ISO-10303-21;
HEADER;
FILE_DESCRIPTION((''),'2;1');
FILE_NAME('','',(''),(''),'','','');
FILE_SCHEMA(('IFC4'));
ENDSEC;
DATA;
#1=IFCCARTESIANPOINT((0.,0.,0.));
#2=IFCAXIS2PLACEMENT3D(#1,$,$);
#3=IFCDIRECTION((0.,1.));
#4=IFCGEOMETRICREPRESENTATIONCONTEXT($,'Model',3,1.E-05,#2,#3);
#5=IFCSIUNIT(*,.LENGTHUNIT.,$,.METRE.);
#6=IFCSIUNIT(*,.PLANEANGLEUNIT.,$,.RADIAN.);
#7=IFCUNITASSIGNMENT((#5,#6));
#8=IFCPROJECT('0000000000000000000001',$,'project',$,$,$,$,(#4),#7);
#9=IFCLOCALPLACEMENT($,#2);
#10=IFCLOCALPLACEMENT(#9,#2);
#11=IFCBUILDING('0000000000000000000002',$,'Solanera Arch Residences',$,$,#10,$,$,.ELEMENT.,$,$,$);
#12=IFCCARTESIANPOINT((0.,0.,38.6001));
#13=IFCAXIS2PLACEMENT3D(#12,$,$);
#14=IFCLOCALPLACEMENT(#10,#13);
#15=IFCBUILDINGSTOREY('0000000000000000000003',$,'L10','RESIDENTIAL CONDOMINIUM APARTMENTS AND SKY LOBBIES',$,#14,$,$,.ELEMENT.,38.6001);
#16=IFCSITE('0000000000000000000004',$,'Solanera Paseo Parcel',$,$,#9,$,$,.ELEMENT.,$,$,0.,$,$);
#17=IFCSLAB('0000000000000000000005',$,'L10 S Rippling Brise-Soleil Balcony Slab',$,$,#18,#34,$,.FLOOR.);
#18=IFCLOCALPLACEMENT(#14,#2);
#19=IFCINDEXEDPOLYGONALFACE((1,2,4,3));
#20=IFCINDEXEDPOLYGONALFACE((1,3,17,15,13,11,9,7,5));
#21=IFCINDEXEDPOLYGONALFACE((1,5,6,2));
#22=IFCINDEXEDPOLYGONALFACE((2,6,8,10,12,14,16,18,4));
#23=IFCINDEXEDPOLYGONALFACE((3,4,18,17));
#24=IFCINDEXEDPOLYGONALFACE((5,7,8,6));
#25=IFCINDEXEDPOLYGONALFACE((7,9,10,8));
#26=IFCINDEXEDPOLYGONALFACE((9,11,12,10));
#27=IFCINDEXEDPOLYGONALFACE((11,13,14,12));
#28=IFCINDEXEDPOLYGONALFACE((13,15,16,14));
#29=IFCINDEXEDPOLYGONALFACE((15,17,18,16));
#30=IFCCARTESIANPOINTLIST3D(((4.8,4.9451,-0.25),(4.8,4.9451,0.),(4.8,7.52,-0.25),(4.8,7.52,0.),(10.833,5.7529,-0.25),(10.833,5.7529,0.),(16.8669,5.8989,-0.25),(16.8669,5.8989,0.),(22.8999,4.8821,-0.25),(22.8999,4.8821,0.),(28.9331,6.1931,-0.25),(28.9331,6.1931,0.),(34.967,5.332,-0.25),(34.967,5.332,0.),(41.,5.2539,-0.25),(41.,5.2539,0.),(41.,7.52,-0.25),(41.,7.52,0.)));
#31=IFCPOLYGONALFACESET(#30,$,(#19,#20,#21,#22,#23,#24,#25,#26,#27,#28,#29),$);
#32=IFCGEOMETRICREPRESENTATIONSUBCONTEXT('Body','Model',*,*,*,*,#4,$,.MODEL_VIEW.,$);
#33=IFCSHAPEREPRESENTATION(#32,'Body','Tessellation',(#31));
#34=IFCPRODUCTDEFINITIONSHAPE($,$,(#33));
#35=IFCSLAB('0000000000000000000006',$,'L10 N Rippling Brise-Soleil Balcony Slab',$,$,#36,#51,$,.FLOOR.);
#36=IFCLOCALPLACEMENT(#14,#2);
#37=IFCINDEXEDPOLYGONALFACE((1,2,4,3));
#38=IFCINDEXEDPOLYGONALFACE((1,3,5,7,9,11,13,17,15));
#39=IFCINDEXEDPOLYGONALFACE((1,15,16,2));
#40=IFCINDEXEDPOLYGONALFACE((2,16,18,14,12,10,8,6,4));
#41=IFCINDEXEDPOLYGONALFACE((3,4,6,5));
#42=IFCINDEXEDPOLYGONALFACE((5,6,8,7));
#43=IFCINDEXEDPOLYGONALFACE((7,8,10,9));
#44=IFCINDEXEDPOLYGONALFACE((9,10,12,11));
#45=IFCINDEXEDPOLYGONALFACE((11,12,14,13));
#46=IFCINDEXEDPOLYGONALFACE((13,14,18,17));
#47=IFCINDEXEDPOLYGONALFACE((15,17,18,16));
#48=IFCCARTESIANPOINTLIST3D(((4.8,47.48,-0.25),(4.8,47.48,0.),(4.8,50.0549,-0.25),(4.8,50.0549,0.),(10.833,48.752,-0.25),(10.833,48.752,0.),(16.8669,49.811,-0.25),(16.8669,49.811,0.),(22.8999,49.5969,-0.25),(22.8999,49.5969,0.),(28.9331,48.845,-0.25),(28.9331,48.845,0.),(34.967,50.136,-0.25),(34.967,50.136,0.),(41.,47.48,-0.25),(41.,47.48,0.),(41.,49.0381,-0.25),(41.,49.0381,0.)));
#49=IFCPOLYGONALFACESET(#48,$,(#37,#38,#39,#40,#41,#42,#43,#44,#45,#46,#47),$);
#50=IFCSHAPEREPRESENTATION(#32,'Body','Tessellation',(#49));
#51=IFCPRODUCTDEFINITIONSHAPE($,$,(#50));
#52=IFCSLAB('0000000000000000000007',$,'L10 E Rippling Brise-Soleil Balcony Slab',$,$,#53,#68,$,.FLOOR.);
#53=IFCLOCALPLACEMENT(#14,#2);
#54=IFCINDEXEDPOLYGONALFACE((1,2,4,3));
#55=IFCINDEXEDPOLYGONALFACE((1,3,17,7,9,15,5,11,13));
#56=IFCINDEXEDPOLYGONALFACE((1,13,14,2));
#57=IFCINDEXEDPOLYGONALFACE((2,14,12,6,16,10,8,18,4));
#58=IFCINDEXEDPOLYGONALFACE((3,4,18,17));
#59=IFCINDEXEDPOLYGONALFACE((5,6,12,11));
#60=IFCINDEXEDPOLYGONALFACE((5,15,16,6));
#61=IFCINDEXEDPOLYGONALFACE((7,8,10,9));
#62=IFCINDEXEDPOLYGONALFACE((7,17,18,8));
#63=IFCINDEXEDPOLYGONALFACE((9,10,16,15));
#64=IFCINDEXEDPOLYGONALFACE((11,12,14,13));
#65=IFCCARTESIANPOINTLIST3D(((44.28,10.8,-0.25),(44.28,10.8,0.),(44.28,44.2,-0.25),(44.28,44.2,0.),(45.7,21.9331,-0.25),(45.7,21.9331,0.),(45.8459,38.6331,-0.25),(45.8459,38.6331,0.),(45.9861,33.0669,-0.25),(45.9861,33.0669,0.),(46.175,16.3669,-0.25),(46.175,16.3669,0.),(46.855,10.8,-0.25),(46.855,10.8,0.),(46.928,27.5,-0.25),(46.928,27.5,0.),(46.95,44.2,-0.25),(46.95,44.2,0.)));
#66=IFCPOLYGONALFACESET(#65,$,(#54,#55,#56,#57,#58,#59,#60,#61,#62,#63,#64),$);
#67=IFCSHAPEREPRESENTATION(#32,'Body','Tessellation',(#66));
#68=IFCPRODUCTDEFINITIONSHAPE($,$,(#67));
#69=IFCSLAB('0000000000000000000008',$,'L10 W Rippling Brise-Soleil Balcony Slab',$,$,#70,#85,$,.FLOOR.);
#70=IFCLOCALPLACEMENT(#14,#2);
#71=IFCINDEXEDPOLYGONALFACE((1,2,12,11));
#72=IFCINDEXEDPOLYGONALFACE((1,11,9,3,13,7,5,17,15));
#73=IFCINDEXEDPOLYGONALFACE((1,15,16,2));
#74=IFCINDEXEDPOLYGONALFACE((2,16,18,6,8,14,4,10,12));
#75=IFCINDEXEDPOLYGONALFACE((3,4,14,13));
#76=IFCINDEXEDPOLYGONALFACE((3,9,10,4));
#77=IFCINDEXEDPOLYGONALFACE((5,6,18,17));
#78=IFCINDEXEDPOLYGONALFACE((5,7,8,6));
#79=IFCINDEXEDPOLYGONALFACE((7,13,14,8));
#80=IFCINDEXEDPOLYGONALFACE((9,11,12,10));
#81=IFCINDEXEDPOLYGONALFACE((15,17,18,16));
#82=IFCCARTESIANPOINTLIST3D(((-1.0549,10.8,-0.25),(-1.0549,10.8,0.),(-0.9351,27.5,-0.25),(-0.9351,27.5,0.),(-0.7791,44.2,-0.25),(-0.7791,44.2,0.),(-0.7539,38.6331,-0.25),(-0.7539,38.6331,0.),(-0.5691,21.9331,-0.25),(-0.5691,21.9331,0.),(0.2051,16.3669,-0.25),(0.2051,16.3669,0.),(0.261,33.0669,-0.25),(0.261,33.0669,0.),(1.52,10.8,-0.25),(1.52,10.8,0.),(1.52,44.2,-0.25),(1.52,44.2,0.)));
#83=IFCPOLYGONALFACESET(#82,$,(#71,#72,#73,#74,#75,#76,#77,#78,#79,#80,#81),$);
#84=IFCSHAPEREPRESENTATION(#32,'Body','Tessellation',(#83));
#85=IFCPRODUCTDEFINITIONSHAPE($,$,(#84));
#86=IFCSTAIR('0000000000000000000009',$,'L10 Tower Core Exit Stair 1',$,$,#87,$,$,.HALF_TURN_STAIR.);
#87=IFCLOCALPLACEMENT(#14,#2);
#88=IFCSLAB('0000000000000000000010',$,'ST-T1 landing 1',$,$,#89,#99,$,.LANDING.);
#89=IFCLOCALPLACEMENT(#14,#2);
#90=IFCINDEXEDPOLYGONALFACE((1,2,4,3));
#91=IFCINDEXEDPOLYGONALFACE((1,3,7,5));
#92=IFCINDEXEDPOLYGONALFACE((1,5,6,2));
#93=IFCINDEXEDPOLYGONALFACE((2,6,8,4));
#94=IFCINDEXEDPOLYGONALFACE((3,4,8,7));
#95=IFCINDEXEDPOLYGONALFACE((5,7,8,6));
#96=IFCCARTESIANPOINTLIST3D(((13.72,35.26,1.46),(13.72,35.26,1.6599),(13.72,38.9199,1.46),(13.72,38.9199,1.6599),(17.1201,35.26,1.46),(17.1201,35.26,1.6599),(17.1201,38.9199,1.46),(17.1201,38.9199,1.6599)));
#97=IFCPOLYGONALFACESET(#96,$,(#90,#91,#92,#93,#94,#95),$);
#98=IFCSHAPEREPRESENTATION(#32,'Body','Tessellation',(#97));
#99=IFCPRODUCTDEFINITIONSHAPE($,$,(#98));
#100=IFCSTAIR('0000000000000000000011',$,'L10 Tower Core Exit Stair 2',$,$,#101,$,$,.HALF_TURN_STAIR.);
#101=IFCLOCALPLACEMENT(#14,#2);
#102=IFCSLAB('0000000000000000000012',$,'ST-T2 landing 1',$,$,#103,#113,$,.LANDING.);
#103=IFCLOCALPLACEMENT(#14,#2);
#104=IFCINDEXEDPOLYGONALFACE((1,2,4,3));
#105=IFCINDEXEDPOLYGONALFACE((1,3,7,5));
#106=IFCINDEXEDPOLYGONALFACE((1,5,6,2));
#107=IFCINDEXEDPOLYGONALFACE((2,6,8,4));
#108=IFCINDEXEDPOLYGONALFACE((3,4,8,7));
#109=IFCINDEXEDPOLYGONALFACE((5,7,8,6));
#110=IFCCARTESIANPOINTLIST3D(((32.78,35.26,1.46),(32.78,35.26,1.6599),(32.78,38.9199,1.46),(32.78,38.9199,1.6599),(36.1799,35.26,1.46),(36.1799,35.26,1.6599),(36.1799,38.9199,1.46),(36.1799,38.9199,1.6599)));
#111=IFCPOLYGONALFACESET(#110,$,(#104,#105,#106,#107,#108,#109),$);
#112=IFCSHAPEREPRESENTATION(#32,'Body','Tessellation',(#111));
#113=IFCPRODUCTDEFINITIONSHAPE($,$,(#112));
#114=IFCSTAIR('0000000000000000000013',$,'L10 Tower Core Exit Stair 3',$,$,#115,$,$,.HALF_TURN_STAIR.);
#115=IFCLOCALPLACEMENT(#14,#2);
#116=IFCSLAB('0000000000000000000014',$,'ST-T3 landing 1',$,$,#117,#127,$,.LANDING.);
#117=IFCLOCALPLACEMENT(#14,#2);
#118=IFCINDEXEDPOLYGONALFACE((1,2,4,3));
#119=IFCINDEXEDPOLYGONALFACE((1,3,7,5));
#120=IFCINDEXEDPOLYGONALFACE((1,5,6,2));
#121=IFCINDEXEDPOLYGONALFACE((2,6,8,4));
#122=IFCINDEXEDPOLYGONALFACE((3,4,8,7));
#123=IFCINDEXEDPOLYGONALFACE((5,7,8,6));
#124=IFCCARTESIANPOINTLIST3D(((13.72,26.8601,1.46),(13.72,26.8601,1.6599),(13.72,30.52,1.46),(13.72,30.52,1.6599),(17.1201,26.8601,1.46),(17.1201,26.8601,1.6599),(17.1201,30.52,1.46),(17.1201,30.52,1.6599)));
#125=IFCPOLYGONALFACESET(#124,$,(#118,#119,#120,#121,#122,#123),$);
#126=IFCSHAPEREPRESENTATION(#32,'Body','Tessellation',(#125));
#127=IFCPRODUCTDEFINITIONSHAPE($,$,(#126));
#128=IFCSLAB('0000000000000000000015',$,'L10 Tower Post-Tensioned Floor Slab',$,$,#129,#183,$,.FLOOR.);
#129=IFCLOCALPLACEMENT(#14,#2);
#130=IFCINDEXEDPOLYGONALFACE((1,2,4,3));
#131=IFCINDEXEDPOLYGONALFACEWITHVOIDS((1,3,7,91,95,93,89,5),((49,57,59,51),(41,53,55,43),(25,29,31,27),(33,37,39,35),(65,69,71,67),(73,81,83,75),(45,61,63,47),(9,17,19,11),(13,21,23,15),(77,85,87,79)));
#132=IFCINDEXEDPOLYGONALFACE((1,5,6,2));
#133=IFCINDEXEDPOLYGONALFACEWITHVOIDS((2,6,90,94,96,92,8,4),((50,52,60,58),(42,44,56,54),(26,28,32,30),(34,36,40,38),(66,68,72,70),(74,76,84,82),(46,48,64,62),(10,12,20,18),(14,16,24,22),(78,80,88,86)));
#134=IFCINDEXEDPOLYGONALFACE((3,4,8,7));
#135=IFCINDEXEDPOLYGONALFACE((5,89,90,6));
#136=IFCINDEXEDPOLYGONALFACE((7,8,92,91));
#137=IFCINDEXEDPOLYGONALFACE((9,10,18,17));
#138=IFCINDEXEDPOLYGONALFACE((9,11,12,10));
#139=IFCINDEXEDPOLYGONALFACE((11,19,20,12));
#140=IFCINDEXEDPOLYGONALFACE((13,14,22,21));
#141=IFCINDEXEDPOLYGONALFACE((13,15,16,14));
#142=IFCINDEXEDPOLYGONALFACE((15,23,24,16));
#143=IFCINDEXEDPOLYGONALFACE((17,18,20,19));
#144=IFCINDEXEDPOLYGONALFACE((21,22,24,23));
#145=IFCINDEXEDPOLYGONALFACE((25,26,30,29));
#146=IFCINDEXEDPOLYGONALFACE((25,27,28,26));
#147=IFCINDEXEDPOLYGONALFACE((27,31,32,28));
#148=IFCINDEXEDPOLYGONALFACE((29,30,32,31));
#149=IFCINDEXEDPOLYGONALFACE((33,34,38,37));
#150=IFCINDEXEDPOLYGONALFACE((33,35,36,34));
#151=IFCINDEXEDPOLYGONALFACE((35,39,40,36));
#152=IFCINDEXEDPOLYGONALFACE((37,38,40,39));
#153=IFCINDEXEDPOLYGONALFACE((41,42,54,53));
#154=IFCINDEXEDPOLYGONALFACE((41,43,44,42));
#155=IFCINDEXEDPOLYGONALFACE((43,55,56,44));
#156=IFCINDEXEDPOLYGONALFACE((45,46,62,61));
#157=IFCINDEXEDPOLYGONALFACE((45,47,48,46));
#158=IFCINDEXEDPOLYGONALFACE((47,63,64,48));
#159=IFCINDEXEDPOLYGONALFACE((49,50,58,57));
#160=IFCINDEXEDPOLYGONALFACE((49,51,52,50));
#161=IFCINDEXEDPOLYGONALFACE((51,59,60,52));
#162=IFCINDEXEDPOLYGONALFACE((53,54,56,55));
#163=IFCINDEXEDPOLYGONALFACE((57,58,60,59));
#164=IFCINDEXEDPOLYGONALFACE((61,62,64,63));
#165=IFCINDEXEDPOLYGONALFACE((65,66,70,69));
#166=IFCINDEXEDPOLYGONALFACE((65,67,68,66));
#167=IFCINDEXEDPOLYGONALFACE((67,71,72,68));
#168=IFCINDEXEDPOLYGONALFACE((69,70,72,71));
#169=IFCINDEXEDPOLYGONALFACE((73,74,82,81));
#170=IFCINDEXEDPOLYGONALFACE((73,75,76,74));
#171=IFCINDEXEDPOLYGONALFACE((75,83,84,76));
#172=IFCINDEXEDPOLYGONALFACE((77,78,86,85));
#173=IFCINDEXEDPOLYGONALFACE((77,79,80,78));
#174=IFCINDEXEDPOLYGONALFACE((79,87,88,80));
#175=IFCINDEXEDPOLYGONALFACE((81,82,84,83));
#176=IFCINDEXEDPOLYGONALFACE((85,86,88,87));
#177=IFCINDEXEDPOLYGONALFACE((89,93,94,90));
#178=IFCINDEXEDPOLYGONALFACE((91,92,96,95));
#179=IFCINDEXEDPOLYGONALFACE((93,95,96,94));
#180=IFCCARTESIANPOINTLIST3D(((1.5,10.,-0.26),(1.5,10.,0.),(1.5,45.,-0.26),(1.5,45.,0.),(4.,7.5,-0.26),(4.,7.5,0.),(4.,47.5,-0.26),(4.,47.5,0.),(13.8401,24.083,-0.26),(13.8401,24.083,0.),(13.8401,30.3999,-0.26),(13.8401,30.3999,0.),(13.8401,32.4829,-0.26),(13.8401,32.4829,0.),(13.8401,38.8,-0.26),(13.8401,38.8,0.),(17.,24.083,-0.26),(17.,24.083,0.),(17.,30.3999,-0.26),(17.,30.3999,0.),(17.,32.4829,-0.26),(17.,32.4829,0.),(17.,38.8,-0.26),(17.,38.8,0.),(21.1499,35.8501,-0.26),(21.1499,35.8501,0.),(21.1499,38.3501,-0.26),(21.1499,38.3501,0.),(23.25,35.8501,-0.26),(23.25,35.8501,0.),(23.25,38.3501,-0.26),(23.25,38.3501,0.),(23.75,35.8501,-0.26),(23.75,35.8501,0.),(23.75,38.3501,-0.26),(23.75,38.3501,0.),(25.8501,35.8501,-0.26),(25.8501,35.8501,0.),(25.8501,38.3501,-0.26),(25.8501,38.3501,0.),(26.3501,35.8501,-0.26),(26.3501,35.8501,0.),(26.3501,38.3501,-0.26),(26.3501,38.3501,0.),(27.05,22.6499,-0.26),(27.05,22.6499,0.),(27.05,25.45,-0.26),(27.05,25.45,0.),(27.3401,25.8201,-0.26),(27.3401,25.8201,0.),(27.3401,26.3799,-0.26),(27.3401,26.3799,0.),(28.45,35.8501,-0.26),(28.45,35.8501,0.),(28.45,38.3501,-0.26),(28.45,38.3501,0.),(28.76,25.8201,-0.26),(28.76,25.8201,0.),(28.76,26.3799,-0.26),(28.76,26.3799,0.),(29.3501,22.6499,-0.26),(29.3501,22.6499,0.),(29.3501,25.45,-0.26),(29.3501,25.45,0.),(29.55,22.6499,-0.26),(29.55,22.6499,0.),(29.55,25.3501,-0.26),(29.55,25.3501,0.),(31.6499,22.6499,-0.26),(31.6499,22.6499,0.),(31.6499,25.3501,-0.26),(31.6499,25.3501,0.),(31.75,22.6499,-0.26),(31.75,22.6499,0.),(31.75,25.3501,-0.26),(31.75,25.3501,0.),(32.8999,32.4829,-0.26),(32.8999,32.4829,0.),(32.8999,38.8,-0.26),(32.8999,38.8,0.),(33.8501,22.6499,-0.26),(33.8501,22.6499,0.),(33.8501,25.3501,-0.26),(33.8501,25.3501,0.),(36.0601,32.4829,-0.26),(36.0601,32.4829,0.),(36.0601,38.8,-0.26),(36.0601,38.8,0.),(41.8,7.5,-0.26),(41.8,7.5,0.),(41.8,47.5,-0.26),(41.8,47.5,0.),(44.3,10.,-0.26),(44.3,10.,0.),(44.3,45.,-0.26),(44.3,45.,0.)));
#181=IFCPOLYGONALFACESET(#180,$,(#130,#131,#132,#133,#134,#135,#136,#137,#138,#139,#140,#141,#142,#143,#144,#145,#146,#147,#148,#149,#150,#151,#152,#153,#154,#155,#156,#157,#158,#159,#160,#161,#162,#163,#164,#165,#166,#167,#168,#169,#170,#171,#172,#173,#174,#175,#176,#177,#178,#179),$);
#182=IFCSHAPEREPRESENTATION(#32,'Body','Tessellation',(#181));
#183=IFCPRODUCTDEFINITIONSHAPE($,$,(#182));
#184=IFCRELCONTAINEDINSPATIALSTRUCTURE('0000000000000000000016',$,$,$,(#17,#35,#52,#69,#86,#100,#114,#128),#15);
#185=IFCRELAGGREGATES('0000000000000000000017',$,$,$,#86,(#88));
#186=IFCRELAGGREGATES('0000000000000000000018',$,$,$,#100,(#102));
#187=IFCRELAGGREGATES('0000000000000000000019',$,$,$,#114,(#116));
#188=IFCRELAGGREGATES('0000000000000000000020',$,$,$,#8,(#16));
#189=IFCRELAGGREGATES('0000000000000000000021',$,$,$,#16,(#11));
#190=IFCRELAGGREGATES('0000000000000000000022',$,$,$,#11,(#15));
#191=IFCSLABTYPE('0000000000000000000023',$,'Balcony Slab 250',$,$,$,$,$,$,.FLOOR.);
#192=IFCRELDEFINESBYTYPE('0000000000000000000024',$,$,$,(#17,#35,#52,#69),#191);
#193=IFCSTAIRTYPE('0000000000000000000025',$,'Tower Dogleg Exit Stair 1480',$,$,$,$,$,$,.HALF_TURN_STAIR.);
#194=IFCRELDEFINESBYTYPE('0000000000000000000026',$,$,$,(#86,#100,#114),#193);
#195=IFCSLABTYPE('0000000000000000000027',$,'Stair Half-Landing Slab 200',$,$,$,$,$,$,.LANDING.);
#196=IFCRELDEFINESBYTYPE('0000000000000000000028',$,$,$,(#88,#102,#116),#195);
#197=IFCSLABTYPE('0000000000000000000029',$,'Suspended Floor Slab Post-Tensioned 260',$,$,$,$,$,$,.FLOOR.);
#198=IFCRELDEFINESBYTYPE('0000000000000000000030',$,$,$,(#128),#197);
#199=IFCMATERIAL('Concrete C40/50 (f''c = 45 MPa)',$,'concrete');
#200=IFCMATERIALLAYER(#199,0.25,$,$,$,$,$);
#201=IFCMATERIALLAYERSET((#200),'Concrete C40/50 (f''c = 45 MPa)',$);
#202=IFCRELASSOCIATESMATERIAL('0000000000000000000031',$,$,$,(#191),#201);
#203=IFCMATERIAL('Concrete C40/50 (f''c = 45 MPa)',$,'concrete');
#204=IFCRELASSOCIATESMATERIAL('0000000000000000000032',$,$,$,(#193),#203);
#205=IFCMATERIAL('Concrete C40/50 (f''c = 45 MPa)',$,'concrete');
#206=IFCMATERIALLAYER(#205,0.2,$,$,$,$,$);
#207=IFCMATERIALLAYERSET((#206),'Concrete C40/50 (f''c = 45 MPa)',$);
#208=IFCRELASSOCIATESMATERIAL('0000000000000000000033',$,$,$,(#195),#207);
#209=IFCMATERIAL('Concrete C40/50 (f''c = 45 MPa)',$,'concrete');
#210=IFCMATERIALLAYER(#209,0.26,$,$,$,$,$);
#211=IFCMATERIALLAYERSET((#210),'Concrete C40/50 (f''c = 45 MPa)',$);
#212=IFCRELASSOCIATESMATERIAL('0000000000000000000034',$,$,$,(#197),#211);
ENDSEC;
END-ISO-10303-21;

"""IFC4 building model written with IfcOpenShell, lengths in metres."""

from ifc_helpers import new_model, si_unit, direction, frame, origin, place, context, subcontext, project, spatial, polyline, outline, extrude, material, layer, layer_set, type_object, element, aggregate, save


model = new_model("IFC4")

# Units and contexts
model_context = context("Model", 3, precision=1e-05, world=origin(), true_north=direction((0.0, 1.0)))
body_context = subcontext(model_context, "Body", "Model", "MODEL_VIEW")
ifc_project = project(units=[si_unit("LENGTHUNIT", "METRE"), si_unit("PLANEANGLEUNIT", "RADIAN")], contexts=[model_context])

# Site, building, storey
site_placement = place(None, origin())
site = spatial("IfcSite", under=ifc_project, at=site_placement, Name="Solanera Paseo Parcel", CompositionType="ELEMENT", RefElevation=0.0)
building_placement = place(site_placement, origin())
building = spatial("IfcBuilding", under=site, at=building_placement, Name="Solanera Arch Residences", CompositionType="ELEMENT")
storey_placement = place(building_placement, frame((0.0, 0.0, 38.6001)))
storey = spatial("IfcBuildingStorey", under=building, at=storey_placement, Name="L10", Description="RESIDENTIAL CONDOMINIUM APARTMENTS AND SKY LOBBIES", CompositionType="ELEMENT", Elevation=38.6001)

# Slabs
ifc_material_1 = material(Name="Concrete C40/50 (f'c = 45 MPa)", Category="concrete")
ifc_layer_1 = layer(ifc_material_1, 0.25)
ifc_layer_set_1 = layer_set([ifc_layer_1], Name="Concrete C40/50 (f'c = 45 MPa)")
slab_type_1 = type_object("IfcSlabType", Name="Balcony Slab 250", PredefinedType="FLOOR", material=ifc_layer_set_1)
slab_1_placement = place(storey_placement, frame((0.0, 0.0, -0.25)))
element("IfcSlab", 1, at=slab_1_placement, inside=storey, type_object=slab_type_1, Name="L10 S Rippling Brise-Soleil Balcony Slab", PredefinedType="FLOOR", context=body_context, shape_type="SweptSolid", body=[
    extrude(outline(polyline([(4.8, 4.9451), (10.833, 5.7529), (16.8669, 5.8989), (22.8999, 4.8821), (28.9331, 6.1931), (34.967, 5.332), (41.0, 5.2539), (41.0, 7.52), (4.8, 7.52), (4.8, 4.9451)])), origin(), (0.0, 0.0, 1.0), 0.25),
])
slab_2_placement = place(storey_placement, frame((0.0, 0.0, -0.25)))
element("IfcSlab", 2, at=slab_2_placement, inside=storey, type_object=slab_type_1, Name="L10 N Rippling Brise-Soleil Balcony Slab", PredefinedType="FLOOR", context=body_context, shape_type="SweptSolid", body=[
    extrude(outline(polyline([(41.0, 49.0381), (34.967, 50.136), (28.9331, 48.845), (22.8999, 49.5969), (16.8669, 49.811), (10.833, 48.752), (4.8, 50.0549), (4.8, 47.48), (41.0, 47.48), (41.0, 49.0381)])), origin(), (0.0, 0.0, 1.0), 0.25),
])
slab_3_placement = place(storey_placement, frame((0.0, 0.0, -0.25)))
element("IfcSlab", 3, at=slab_3_placement, inside=storey, type_object=slab_type_1, Name="L10 E Rippling Brise-Soleil Balcony Slab", PredefinedType="FLOOR", context=body_context, shape_type="SweptSolid", body=[
    extrude(outline(polyline([(46.855, 10.8), (46.175, 16.3669), (45.7, 21.9331), (46.928, 27.5), (45.9861, 33.0669), (45.8459, 38.6331), (46.95, 44.2), (44.28, 44.2), (44.28, 10.8), (46.855, 10.8)])), origin(), (0.0, 0.0, 1.0), 0.25),
])
slab_4_placement = place(storey_placement, frame((0.0, 0.0, -0.25)))
element("IfcSlab", 4, at=slab_4_placement, inside=storey, type_object=slab_type_1, Name="L10 W Rippling Brise-Soleil Balcony Slab", PredefinedType="FLOOR", context=body_context, shape_type="SweptSolid", body=[
    extrude(outline(polyline([(-0.7791, 44.2), (-0.7539, 38.6331), (0.261, 33.0669), (-0.9351, 27.5), (-0.5691, 21.9331), (0.2051, 16.3669), (-1.0549, 10.8), (1.52, 10.8), (1.52, 44.2), (-0.7791, 44.2)])), origin(), (0.0, 0.0, 1.0), 0.25),
])

# Stairs, slabs
ifc_material_2 = material(Name="Concrete C40/50 (f'c = 45 MPa)", Category="concrete")
stair_type = type_object("IfcStairType", Name="Tower Dogleg Exit Stair 1480", PredefinedType="HALF_TURN_STAIR", material=ifc_material_2)
stair_1_placement = place(storey_placement, origin())
stair_1 = element("IfcStair", 5, at=stair_1_placement, inside=storey, type_object=stair_type, Name="L10 Tower Core Exit Stair 1", PredefinedType="HALF_TURN_STAIR")
ifc_material_3 = material(Name="Concrete C40/50 (f'c = 45 MPa)", Category="concrete")
ifc_layer_2 = layer(ifc_material_3, 0.2)
ifc_layer_set_2 = layer_set([ifc_layer_2], Name="Concrete C40/50 (f'c = 45 MPa)")
slab_type_2 = type_object("IfcSlabType", Name="Stair Half-Landing Slab 200", PredefinedType="LANDING", material=ifc_layer_set_2)
slab_5_placement = place(storey_placement, frame((0.0, 0.0, 1.46)))
slab_5 = element("IfcSlab", 6, at=slab_5_placement, type_object=slab_type_2, Name="ST-T1 landing 1", PredefinedType="LANDING", context=body_context, shape_type="SweptSolid", body=[
    extrude(outline(polyline([(17.1201, 35.26), (17.1201, 38.9199), (13.72, 38.9199), (13.72, 35.26), (17.1201, 35.26)])), origin(), (0.0, 0.0, 1.0), 0.2),
])
aggregate(stair_1, [slab_5])
stair_2_placement = place(storey_placement, origin())
stair_2 = element("IfcStair", 7, at=stair_2_placement, inside=storey, type_object=stair_type, Name="L10 Tower Core Exit Stair 2", PredefinedType="HALF_TURN_STAIR")
slab_6_placement = place(storey_placement, frame((0.0, 0.0, 1.46)))
slab_6 = element("IfcSlab", 8, at=slab_6_placement, type_object=slab_type_2, Name="ST-T2 landing 1", PredefinedType="LANDING", context=body_context, shape_type="SweptSolid", body=[
    extrude(outline(polyline([(36.1799, 35.26), (36.1799, 38.9199), (32.78, 38.9199), (32.78, 35.26), (36.1799, 35.26)])), origin(), (0.0, 0.0, 1.0), 0.2),
])
aggregate(stair_2, [slab_6])
stair_3_placement = place(storey_placement, origin())
stair_3 = element("IfcStair", 9, at=stair_3_placement, inside=storey, type_object=stair_type, Name="L10 Tower Core Exit Stair 3", PredefinedType="HALF_TURN_STAIR")
slab_7_placement = place(storey_placement, frame((0.0, 0.0, 1.46)))
slab_7 = element("IfcSlab", 10, at=slab_7_placement, type_object=slab_type_2, Name="ST-T3 landing 1", PredefinedType="LANDING", context=body_context, shape_type="SweptSolid", body=[
    extrude(outline(polyline([(17.1201, 26.8601), (17.1201, 30.52), (13.72, 30.52), (13.72, 26.8601), (17.1201, 26.8601)])), origin(), (0.0, 0.0, 1.0), 0.2),
])
aggregate(stair_3, [slab_7])

# Slab
ifc_material_4 = material(Name="Concrete C40/50 (f'c = 45 MPa)", Category="concrete")
ifc_layer_3 = layer(ifc_material_4, 0.26)
ifc_layer_set_3 = layer_set([ifc_layer_3], Name="Concrete C40/50 (f'c = 45 MPa)")
slab_type_3 = type_object("IfcSlabType", Name="Suspended Floor Slab Post-Tensioned 260", PredefinedType="FLOOR", material=ifc_layer_set_3)
slab_8_placement = place(storey_placement, frame((0.0, 0.0, -0.26)))
element("IfcSlab", 11, at=slab_8_placement, inside=storey, type_object=slab_type_3, Name="L10 Tower Post-Tensioned Floor Slab", PredefinedType="FLOOR", context=body_context, shape_type="SweptSolid", body=[
    extrude(outline(polyline([(4.0, 7.5), (41.8, 7.5), (44.3, 10.0), (44.3, 45.0), (41.8, 47.5), (4.0, 47.5), (1.5, 45.0), (1.5, 10.0), (4.0, 7.5)]), holes=[polyline([(13.8401, 32.4829), (13.8401, 38.8), (17.0, 38.8), (17.0, 32.4829), (13.8401, 32.4829)]), polyline([(32.8999, 32.4829), (32.8999, 38.8), (36.0601, 38.8), (36.0601, 32.4829), (32.8999, 32.4829)]), polyline([(13.8401, 24.083), (13.8401, 30.3999), (17.0, 30.3999), (17.0, 24.083), (13.8401, 24.083)]), polyline([(21.1499, 38.3501), (23.25, 38.3501), (23.25, 35.8501), (21.1499, 35.8501), (21.1499, 38.3501)]), polyline([(23.75, 38.3501), (25.8501, 38.3501), (25.8501, 35.8501), (23.75, 35.8501), (23.75, 38.3501)]), polyline([(26.3501, 38.3501), (28.45, 38.3501), (28.45, 35.8501), (26.3501, 35.8501), (26.3501, 38.3501)]), polyline([(29.55, 25.3501), (31.6499, 25.3501), (31.6499, 22.6499), (29.55, 22.6499), (29.55, 25.3501)]), polyline([(31.75, 25.3501), (33.8501, 25.3501), (33.8501, 22.6499), (31.75, 22.6499), (31.75, 25.3501)]), polyline([(27.05, 25.45), (29.3501, 25.45), (29.3501, 22.6499), (27.05, 22.6499), (27.05, 25.45)]), polyline([(27.3401, 26.3799), (28.76, 26.3799), (28.76, 25.8201), (27.3401, 25.8201), (27.3401, 26.3799)])]), origin(), (0.0, 0.0, 1.0), 0.26),
])

save(model, "model.ifc")
